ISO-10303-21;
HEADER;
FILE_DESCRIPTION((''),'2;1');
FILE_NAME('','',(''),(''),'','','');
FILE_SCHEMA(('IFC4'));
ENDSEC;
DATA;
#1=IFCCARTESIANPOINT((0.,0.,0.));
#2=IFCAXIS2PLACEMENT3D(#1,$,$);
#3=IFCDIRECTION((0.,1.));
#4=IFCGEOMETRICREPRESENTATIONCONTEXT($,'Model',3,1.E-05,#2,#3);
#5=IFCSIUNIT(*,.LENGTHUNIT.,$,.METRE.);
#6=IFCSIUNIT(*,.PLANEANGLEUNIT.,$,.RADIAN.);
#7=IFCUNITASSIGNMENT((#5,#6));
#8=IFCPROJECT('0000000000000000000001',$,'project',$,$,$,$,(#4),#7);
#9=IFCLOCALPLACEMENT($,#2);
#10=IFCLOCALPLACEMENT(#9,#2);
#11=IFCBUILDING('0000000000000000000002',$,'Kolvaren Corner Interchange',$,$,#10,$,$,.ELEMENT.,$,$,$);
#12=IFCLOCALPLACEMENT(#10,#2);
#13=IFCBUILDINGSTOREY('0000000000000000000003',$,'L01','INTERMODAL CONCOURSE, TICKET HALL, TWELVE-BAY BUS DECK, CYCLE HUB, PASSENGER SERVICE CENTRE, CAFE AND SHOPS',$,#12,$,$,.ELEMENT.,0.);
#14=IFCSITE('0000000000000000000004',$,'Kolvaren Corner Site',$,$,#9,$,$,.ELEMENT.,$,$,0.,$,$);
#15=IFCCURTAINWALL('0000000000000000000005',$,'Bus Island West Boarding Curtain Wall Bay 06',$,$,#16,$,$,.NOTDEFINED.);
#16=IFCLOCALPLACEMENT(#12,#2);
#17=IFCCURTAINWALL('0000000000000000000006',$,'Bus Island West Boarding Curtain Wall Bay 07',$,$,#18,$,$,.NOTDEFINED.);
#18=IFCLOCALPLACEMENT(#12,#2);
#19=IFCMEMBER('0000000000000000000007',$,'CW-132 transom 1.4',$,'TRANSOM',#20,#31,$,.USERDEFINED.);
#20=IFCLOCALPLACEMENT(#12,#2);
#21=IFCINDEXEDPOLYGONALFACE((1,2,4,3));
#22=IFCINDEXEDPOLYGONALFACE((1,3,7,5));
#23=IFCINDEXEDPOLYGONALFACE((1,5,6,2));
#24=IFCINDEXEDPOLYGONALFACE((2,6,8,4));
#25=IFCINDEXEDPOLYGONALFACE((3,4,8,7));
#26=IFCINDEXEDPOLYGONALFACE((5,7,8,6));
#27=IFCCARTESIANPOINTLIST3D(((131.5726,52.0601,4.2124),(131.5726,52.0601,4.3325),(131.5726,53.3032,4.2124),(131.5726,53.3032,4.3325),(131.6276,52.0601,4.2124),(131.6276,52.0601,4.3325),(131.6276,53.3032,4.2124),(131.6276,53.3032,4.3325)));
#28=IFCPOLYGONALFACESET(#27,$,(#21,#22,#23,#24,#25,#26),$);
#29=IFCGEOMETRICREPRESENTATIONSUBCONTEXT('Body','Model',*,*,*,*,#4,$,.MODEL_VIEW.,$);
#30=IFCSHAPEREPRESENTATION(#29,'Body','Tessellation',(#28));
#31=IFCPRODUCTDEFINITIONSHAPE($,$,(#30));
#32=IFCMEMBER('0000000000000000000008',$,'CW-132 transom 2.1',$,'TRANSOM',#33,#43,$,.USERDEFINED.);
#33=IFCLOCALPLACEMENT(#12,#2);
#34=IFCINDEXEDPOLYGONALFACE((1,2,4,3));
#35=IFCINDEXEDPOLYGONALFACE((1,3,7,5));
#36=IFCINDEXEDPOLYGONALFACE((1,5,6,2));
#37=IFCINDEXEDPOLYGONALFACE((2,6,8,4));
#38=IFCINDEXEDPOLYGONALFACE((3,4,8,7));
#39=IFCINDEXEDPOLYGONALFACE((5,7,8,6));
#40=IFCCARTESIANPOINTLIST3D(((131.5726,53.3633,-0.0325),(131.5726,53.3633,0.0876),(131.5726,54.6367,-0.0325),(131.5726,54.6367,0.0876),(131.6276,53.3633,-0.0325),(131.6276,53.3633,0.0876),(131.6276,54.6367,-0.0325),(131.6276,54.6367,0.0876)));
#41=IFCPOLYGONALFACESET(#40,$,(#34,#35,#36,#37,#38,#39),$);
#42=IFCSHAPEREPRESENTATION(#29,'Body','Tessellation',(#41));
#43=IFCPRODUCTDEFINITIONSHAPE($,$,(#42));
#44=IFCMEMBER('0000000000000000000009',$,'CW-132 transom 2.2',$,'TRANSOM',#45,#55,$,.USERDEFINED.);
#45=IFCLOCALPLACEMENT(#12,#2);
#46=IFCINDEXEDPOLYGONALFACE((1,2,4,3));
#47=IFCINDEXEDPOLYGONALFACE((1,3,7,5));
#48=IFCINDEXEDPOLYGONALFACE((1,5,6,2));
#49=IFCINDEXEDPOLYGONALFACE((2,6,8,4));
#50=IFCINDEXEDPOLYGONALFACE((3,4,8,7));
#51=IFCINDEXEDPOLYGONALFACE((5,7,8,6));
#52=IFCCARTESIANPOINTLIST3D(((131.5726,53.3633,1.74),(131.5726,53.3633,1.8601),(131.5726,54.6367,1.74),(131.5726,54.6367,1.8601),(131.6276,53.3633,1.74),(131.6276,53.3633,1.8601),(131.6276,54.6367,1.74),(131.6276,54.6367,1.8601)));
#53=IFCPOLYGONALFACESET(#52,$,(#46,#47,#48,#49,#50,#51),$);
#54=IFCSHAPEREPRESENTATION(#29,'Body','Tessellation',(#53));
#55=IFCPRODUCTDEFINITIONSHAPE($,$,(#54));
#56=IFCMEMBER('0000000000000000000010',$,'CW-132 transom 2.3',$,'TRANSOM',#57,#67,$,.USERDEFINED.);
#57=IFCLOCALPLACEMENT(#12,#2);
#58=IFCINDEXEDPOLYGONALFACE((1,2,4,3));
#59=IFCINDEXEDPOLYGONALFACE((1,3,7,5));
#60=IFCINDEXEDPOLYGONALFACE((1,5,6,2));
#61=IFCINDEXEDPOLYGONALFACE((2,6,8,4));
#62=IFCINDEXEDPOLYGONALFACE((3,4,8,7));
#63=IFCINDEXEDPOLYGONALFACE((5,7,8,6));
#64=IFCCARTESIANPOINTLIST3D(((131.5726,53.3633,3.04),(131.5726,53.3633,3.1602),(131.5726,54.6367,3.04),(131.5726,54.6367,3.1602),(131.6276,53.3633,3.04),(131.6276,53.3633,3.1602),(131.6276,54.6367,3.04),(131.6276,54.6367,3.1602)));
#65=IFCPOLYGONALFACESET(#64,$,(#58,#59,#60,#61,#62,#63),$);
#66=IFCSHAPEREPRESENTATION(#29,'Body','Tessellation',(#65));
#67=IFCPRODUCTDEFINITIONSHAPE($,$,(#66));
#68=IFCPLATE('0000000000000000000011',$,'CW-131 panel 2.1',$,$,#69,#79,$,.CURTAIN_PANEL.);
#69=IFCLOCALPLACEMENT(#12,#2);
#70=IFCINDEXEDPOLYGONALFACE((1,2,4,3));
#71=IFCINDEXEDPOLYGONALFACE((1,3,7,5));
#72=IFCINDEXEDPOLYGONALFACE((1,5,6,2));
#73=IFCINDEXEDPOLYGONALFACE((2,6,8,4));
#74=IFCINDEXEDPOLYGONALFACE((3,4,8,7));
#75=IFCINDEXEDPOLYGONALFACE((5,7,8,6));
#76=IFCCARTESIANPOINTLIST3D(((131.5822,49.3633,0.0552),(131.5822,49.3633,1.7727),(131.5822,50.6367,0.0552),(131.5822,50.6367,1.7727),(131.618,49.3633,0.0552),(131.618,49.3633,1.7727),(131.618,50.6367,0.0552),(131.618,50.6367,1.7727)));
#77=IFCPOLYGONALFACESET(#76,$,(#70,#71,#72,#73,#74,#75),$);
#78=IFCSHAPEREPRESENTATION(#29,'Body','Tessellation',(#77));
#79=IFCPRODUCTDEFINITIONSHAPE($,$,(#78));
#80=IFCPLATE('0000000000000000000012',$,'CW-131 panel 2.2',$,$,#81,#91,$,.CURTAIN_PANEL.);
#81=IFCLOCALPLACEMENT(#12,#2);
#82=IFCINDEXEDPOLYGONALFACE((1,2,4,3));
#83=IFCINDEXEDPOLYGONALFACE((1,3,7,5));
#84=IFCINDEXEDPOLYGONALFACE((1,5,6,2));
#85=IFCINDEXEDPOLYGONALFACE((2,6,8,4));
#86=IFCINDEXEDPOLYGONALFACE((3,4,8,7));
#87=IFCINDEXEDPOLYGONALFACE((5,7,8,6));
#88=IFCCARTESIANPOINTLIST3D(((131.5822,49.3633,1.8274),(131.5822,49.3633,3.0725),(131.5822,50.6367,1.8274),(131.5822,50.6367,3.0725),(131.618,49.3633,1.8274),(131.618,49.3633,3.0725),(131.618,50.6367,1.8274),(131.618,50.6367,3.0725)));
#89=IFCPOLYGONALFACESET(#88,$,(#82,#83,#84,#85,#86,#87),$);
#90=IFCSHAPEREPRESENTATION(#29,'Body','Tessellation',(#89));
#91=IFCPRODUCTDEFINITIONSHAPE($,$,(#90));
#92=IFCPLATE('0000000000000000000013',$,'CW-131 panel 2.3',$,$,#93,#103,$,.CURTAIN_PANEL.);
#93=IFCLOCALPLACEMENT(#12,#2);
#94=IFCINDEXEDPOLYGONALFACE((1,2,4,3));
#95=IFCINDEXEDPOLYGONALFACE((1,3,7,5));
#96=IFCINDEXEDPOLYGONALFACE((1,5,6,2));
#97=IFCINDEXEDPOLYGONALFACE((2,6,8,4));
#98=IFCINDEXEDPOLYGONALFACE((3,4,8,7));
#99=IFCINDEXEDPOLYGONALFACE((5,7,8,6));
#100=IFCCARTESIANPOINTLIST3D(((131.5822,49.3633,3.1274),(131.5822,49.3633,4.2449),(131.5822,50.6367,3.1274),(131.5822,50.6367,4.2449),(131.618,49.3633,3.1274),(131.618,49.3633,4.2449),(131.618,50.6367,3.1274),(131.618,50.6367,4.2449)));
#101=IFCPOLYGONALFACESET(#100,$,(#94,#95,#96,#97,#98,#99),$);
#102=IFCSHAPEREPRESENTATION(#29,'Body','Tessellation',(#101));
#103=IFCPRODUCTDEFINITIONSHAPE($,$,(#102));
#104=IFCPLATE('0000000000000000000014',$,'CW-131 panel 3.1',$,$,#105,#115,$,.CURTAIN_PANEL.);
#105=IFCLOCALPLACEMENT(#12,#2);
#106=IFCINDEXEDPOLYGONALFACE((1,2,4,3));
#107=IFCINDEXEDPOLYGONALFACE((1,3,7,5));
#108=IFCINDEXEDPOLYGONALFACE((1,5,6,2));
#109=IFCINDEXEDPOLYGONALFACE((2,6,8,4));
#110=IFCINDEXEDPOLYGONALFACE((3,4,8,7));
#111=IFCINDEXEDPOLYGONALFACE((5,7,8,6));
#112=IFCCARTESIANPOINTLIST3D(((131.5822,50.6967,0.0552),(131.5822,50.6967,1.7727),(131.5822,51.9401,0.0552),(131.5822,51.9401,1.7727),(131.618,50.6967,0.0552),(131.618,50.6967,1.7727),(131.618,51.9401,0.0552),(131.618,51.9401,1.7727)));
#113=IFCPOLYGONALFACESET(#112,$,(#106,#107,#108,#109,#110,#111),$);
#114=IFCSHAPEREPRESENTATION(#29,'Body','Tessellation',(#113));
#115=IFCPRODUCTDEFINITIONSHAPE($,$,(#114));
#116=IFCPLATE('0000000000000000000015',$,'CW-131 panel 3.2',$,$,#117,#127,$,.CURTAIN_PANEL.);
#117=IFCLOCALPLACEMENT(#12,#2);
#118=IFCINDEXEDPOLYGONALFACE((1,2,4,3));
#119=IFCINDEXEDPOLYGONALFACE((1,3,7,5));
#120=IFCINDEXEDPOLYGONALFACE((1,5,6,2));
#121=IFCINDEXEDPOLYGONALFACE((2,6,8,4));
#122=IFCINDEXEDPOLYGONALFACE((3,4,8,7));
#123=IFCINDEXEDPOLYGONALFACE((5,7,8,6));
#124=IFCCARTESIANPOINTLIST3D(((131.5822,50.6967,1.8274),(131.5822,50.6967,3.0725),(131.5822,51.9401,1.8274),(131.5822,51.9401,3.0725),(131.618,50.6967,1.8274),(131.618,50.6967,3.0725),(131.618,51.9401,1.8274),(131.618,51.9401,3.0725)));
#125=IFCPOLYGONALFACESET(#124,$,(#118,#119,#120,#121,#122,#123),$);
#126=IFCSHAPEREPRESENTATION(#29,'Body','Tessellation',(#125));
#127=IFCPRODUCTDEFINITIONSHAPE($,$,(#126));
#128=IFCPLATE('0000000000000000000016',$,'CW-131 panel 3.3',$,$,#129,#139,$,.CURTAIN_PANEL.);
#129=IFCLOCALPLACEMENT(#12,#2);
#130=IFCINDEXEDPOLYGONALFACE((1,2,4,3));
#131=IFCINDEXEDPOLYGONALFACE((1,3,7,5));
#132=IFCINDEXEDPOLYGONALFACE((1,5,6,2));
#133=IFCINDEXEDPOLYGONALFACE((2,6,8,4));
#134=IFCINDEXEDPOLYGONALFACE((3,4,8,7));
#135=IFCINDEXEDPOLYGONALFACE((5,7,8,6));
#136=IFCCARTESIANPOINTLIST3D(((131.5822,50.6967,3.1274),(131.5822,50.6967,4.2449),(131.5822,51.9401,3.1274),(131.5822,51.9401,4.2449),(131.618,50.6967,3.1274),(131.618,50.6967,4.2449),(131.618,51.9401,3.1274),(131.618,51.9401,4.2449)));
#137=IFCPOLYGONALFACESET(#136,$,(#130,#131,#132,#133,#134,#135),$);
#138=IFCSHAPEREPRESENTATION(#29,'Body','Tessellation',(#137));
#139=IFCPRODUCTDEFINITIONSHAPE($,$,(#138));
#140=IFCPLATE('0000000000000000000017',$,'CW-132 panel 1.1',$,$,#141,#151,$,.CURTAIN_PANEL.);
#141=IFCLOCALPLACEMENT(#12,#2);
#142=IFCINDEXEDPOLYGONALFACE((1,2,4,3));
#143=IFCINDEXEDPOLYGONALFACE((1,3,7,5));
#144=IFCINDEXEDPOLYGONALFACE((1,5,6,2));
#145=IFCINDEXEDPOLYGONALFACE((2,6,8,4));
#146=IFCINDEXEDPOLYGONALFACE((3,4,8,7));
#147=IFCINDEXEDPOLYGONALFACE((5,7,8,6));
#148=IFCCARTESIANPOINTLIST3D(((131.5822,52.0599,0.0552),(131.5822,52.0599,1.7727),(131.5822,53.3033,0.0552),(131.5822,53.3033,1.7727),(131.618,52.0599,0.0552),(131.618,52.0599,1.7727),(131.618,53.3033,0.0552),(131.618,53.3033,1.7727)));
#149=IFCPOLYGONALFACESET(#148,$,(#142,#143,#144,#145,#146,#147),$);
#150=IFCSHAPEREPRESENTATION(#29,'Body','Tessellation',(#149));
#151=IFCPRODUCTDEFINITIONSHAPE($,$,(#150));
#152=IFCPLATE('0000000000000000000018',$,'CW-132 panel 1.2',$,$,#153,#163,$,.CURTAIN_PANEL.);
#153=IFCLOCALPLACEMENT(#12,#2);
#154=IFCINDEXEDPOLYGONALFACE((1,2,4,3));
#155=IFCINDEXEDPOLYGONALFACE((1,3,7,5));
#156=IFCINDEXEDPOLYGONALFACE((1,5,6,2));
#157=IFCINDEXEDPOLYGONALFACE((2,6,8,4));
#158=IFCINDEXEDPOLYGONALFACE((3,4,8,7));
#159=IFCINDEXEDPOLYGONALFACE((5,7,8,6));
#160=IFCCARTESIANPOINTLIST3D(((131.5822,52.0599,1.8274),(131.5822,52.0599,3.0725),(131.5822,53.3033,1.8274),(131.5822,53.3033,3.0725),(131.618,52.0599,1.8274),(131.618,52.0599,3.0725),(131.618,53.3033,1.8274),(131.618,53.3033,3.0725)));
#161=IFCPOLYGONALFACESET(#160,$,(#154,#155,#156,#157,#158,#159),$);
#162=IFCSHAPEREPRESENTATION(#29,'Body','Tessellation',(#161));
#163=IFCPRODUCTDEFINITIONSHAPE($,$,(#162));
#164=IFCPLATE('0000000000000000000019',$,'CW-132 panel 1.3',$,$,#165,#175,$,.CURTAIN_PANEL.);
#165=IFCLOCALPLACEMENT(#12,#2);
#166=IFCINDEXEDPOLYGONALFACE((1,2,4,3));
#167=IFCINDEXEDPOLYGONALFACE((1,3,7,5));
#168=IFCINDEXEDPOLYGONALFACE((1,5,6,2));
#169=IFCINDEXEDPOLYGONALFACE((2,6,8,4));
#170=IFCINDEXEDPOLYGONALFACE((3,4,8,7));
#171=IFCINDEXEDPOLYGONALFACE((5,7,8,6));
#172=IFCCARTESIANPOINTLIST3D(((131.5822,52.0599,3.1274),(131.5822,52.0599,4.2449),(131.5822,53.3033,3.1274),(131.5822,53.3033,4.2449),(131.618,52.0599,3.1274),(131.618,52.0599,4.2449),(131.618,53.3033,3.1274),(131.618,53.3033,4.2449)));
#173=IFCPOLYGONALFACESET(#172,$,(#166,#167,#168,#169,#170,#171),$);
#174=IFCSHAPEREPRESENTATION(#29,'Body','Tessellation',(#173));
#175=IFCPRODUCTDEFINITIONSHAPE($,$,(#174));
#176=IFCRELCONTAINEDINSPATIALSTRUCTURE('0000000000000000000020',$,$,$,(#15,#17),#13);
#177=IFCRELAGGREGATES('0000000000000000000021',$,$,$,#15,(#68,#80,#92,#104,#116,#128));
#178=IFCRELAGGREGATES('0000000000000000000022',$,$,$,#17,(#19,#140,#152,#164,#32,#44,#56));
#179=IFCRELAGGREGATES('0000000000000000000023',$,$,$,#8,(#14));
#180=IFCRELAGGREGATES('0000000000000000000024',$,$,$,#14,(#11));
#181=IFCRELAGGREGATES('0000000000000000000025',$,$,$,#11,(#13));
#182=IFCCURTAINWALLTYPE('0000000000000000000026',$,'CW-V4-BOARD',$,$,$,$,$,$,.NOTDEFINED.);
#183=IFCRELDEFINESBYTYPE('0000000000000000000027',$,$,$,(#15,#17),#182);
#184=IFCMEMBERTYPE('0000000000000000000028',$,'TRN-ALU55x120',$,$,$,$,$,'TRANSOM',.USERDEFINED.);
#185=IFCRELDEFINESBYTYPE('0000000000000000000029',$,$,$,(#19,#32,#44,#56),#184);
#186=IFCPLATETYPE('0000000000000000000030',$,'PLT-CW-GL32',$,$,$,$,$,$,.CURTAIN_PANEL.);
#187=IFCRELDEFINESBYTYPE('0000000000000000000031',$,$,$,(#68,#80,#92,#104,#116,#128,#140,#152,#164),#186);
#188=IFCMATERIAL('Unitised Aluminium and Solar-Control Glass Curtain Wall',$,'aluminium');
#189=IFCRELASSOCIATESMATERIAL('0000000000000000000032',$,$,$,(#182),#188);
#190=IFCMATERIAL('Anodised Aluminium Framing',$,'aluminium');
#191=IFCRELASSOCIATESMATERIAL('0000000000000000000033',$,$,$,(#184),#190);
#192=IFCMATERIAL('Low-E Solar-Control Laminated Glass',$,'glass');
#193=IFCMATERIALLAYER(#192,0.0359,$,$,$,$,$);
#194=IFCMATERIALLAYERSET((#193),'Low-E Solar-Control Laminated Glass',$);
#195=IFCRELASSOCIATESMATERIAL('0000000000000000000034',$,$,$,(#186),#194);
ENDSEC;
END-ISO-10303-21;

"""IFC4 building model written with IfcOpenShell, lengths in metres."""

from ifc_helpers import new_model, si_unit, direction, frame, origin, origin_2d, place, context, subcontext, project, spatial, rectangle, extrude, material, layer, layer_set, material_profile, profile_set, type_object, element, aggregate, save


model = new_model("IFC4")

# Units and contexts
model_context = context("Model", 3, precision=1e-05, world=origin(), true_north=direction((0.0, 1.0)))
body_context = subcontext(model_context, "Body", "Model", "MODEL_VIEW")
ifc_project = project(units=[si_unit("LENGTHUNIT", "METRE"), si_unit("PLANEANGLEUNIT", "RADIAN")], contexts=[model_context])

# Site, building, storey
site_placement = place(None, origin())
site = spatial("IfcSite", under=ifc_project, at=site_placement, Name="Kolvaren Corner Site", CompositionType="ELEMENT", RefElevation=0.0)
building_placement = place(site_placement, origin())
building = spatial("IfcBuilding", under=site, at=building_placement, Name="Kolvaren Corner Interchange", CompositionType="ELEMENT")
storey_placement = place(building_placement, origin())
storey = spatial("IfcBuildingStorey", under=building, at=storey_placement, Name="L01", Description="INTERMODAL CONCOURSE, TICKET HALL, TWELVE-BAY BUS DECK, CYCLE HUB, PASSENGER SERVICE CENTRE, CAFE AND SHOPS", CompositionType="ELEMENT", Elevation=0.0)

# Curtain walls
ifc_material_1 = material(Name="Unitised Aluminium and Solar-Control Glass Curtain Wall", Category="aluminium")
curtain_wall_type = type_object("IfcCurtainWallType", Name="CW-V4-BOARD", PredefinedType="NOTDEFINED", material=ifc_material_1)
curtain_wall_1_placement = place(storey_placement, origin())
curtain_wall_1 = element("IfcCurtainWall", 1, at=curtain_wall_1_placement, inside=storey, type_object=curtain_wall_type, Name="Bus Island West Boarding Curtain Wall Bay 06", PredefinedType="NOTDEFINED")
curtain_wall_2_placement = place(storey_placement, origin())
curtain_wall_2 = element("IfcCurtainWall", 2, at=curtain_wall_2_placement, inside=storey, type_object=curtain_wall_type, Name="Bus Island West Boarding Curtain Wall Bay 07", PredefinedType="NOTDEFINED")

# Members
ifc_material_2 = material(Name="Anodised Aluminium Framing", Category="aluminium")
ifc_material_profile_1 = material_profile(ifc_material_2, rectangle(XDim=0.0549, YDim=0.1201, at=origin_2d()), Name="ALU 55x120")
ifc_profile_set_1 = profile_set([ifc_material_profile_1], Name="Anodised Aluminium Framing")
member_type_1 = type_object("IfcMemberType", Name="TRN-ALU55x120", ElementType="TRANSOM", PredefinedType="USERDEFINED", material=ifc_profile_set_1)
member_1_placement = place(storey_placement, frame((131.6001, 52.0601, 4.2725), z_axis=(0.0, 1.0, 0.0), x_axis=(-1.0, 0.0, 0.0)))
member_1 = element("IfcMember", 3, at=member_1_placement, type_object=member_type_1, Name="CW-132 transom 1.4", ObjectType="TRANSOM", PredefinedType="USERDEFINED", context=body_context, shape_type="SweptSolid", body=[
    extrude(rectangle(XDim=0.0549, YDim=0.1201, at=origin_2d()), origin(), (0.0, 0.0, 1.0), 1.2432),
])
member_2_placement = place(storey_placement, frame((131.6001, 53.3633, 0.0276), z_axis=(0.0, 1.0, 0.0), x_axis=(-1.0, 0.0, 0.0)))
member_2 = element("IfcMember", 4, at=member_2_placement, type_object=member_type_1, Name="CW-132 transom 2.1", ObjectType="TRANSOM", PredefinedType="USERDEFINED", context=body_context, shape_type="SweptSolid", body=[
    extrude(rectangle(XDim=0.0549, YDim=0.1201, at=origin_2d()), origin(), (0.0, 0.0, 1.0), 1.2734),
])
member_3_placement = place(storey_placement, frame((131.6001, 53.3633, 1.8), z_axis=(0.0, 1.0, 0.0), x_axis=(-1.0, 0.0, 0.0)))
member_3 = element("IfcMember", 5, at=member_3_placement, type_object=member_type_1, Name="CW-132 transom 2.2", ObjectType="TRANSOM", PredefinedType="USERDEFINED", context=body_context, shape_type="SweptSolid", body=[
    extrude(rectangle(XDim=0.0549, YDim=0.1201, at=origin_2d()), origin(), (0.0, 0.0, 1.0), 1.2734),
])
member_4_placement = place(storey_placement, frame((131.6001, 53.3633, 3.1001), z_axis=(0.0, 1.0, 0.0), x_axis=(-1.0, 0.0, 0.0)))
member_4 = element("IfcMember", 6, at=member_4_placement, type_object=member_type_1, Name="CW-132 transom 2.3", ObjectType="TRANSOM", PredefinedType="USERDEFINED", context=body_context, shape_type="SweptSolid", body=[
    extrude(rectangle(XDim=0.0549, YDim=0.1201, at=origin_2d()), origin(), (0.0, 0.0, 1.0), 1.2734),
])

# Plates
ifc_material_3 = material(Name="Low-E Solar-Control Laminated Glass", Category="glass")
ifc_layer = layer(ifc_material_3, 0.0359)
ifc_layer_set = layer_set([ifc_layer], Name="Low-E Solar-Control Laminated Glass")
plate_type = type_object("IfcPlateType", Name="PLT-CW-GL32", PredefinedType="CURTAIN_PANEL", material=ifc_layer_set)
plate_1_placement = place(storey_placement, frame((131.6001, 50.0, 0.0552), z_axis=(0.0, 0.0, 1.0), x_axis=(0.0, 1.0, 0.0)))
plate_1 = element("IfcPlate", 7, at=plate_1_placement, type_object=plate_type, Name="CW-131 panel 2.1", PredefinedType="CURTAIN_PANEL", context=body_context, shape_type="SweptSolid", body=[
    extrude(rectangle(XDim=1.2734, YDim=0.0359, at=origin_2d()), origin(), (0.0, 0.0, 1.0), 1.7175),
])
plate_2_placement = place(storey_placement, frame((131.6001, 50.0, 1.8274), z_axis=(0.0, 0.0, 1.0), x_axis=(0.0, 1.0, 0.0)))
plate_2 = element("IfcPlate", 8, at=plate_2_placement, type_object=plate_type, Name="CW-131 panel 2.2", PredefinedType="CURTAIN_PANEL", context=body_context, shape_type="SweptSolid", body=[
    extrude(rectangle(XDim=1.2734, YDim=0.0359, at=origin_2d()), origin(), (0.0, 0.0, 1.0), 1.2451),
])
plate_3_placement = place(storey_placement, frame((131.6001, 50.0, 3.1274), z_axis=(0.0, 0.0, 1.0), x_axis=(0.0, 1.0, 0.0)))
plate_3 = element("IfcPlate", 9, at=plate_3_placement, type_object=plate_type, Name="CW-131 panel 2.3", PredefinedType="CURTAIN_PANEL", context=body_context, shape_type="SweptSolid", body=[
    extrude(rectangle(XDim=1.2734, YDim=0.0359, at=origin_2d()), origin(), (0.0, 0.0, 1.0), 1.1174),
])
plate_4_placement = place(storey_placement, frame((131.6001, 51.3184, 0.0552), z_axis=(0.0, 0.0, 1.0), x_axis=(0.0, 1.0, 0.0)))
plate_4 = element("IfcPlate", 10, at=plate_4_placement, type_object=plate_type, Name="CW-131 panel 3.1", PredefinedType="CURTAIN_PANEL", context=body_context, shape_type="SweptSolid", body=[
    extrude(rectangle(XDim=1.2434, YDim=0.0359, at=origin_2d()), origin(), (0.0, 0.0, 1.0), 1.7175),
])
plate_5_placement = place(storey_placement, frame((131.6001, 51.3184, 1.8274), z_axis=(0.0, 0.0, 1.0), x_axis=(0.0, 1.0, 0.0)))
plate_5 = element("IfcPlate", 11, at=plate_5_placement, type_object=plate_type, Name="CW-131 panel 3.2", PredefinedType="CURTAIN_PANEL", context=body_context, shape_type="SweptSolid", body=[
    extrude(rectangle(XDim=1.2434, YDim=0.0359, at=origin_2d()), origin(), (0.0, 0.0, 1.0), 1.2451),
])
plate_6_placement = place(storey_placement, frame((131.6001, 51.3184, 3.1274), z_axis=(0.0, 0.0, 1.0), x_axis=(0.0, 1.0, 0.0)))
plate_6 = element("IfcPlate", 12, at=plate_6_placement, type_object=plate_type, Name="CW-131 panel 3.3", PredefinedType="CURTAIN_PANEL", context=body_context, shape_type="SweptSolid", body=[
    extrude(rectangle(XDim=1.2434, YDim=0.0359, at=origin_2d()), origin(), (0.0, 0.0, 1.0), 1.1174),
])
aggregate(curtain_wall_1, [plate_1, plate_2, plate_3, plate_4, plate_5, plate_6])
plate_7_placement = place(storey_placement, frame((131.6001, 52.6816, 0.0552), z_axis=(0.0, 0.0, 1.0), x_axis=(0.0, 1.0, 0.0)))
plate_7 = element("IfcPlate", 13, at=plate_7_placement, type_object=plate_type, Name="CW-132 panel 1.1", PredefinedType="CURTAIN_PANEL", context=body_context, shape_type="SweptSolid", body=[
    extrude(rectangle(XDim=1.2434, YDim=0.0359, at=origin_2d()), origin(), (0.0, 0.0, 1.0), 1.7175),
])
plate_8_placement = place(storey_placement, frame((131.6001, 52.6816, 1.8274), z_axis=(0.0, 0.0, 1.0), x_axis=(0.0, 1.0, 0.0)))
plate_8 = element("IfcPlate", 14, at=plate_8_placement, type_object=plate_type, Name="CW-132 panel 1.2", PredefinedType="CURTAIN_PANEL", context=body_context, shape_type="SweptSolid", body=[
    extrude(rectangle(XDim=1.2434, YDim=0.0359, at=origin_2d()), origin(), (0.0, 0.0, 1.0), 1.2451),
])
plate_9_placement = place(storey_placement, frame((131.6001, 52.6816, 3.1274), z_axis=(0.0, 0.0, 1.0), x_axis=(0.0, 1.0, 0.0)))
plate_9 = element("IfcPlate", 15, at=plate_9_placement, type_object=plate_type, Name="CW-132 panel 1.3", PredefinedType="CURTAIN_PANEL", context=body_context, shape_type="SweptSolid", body=[
    extrude(rectangle(XDim=1.2434, YDim=0.0359, at=origin_2d()), origin(), (0.0, 0.0, 1.0), 1.1174),
])
aggregate(curtain_wall_2, [member_1, plate_7, plate_8, plate_9, member_2, member_3, member_4])

save(model, "model.ifc")
